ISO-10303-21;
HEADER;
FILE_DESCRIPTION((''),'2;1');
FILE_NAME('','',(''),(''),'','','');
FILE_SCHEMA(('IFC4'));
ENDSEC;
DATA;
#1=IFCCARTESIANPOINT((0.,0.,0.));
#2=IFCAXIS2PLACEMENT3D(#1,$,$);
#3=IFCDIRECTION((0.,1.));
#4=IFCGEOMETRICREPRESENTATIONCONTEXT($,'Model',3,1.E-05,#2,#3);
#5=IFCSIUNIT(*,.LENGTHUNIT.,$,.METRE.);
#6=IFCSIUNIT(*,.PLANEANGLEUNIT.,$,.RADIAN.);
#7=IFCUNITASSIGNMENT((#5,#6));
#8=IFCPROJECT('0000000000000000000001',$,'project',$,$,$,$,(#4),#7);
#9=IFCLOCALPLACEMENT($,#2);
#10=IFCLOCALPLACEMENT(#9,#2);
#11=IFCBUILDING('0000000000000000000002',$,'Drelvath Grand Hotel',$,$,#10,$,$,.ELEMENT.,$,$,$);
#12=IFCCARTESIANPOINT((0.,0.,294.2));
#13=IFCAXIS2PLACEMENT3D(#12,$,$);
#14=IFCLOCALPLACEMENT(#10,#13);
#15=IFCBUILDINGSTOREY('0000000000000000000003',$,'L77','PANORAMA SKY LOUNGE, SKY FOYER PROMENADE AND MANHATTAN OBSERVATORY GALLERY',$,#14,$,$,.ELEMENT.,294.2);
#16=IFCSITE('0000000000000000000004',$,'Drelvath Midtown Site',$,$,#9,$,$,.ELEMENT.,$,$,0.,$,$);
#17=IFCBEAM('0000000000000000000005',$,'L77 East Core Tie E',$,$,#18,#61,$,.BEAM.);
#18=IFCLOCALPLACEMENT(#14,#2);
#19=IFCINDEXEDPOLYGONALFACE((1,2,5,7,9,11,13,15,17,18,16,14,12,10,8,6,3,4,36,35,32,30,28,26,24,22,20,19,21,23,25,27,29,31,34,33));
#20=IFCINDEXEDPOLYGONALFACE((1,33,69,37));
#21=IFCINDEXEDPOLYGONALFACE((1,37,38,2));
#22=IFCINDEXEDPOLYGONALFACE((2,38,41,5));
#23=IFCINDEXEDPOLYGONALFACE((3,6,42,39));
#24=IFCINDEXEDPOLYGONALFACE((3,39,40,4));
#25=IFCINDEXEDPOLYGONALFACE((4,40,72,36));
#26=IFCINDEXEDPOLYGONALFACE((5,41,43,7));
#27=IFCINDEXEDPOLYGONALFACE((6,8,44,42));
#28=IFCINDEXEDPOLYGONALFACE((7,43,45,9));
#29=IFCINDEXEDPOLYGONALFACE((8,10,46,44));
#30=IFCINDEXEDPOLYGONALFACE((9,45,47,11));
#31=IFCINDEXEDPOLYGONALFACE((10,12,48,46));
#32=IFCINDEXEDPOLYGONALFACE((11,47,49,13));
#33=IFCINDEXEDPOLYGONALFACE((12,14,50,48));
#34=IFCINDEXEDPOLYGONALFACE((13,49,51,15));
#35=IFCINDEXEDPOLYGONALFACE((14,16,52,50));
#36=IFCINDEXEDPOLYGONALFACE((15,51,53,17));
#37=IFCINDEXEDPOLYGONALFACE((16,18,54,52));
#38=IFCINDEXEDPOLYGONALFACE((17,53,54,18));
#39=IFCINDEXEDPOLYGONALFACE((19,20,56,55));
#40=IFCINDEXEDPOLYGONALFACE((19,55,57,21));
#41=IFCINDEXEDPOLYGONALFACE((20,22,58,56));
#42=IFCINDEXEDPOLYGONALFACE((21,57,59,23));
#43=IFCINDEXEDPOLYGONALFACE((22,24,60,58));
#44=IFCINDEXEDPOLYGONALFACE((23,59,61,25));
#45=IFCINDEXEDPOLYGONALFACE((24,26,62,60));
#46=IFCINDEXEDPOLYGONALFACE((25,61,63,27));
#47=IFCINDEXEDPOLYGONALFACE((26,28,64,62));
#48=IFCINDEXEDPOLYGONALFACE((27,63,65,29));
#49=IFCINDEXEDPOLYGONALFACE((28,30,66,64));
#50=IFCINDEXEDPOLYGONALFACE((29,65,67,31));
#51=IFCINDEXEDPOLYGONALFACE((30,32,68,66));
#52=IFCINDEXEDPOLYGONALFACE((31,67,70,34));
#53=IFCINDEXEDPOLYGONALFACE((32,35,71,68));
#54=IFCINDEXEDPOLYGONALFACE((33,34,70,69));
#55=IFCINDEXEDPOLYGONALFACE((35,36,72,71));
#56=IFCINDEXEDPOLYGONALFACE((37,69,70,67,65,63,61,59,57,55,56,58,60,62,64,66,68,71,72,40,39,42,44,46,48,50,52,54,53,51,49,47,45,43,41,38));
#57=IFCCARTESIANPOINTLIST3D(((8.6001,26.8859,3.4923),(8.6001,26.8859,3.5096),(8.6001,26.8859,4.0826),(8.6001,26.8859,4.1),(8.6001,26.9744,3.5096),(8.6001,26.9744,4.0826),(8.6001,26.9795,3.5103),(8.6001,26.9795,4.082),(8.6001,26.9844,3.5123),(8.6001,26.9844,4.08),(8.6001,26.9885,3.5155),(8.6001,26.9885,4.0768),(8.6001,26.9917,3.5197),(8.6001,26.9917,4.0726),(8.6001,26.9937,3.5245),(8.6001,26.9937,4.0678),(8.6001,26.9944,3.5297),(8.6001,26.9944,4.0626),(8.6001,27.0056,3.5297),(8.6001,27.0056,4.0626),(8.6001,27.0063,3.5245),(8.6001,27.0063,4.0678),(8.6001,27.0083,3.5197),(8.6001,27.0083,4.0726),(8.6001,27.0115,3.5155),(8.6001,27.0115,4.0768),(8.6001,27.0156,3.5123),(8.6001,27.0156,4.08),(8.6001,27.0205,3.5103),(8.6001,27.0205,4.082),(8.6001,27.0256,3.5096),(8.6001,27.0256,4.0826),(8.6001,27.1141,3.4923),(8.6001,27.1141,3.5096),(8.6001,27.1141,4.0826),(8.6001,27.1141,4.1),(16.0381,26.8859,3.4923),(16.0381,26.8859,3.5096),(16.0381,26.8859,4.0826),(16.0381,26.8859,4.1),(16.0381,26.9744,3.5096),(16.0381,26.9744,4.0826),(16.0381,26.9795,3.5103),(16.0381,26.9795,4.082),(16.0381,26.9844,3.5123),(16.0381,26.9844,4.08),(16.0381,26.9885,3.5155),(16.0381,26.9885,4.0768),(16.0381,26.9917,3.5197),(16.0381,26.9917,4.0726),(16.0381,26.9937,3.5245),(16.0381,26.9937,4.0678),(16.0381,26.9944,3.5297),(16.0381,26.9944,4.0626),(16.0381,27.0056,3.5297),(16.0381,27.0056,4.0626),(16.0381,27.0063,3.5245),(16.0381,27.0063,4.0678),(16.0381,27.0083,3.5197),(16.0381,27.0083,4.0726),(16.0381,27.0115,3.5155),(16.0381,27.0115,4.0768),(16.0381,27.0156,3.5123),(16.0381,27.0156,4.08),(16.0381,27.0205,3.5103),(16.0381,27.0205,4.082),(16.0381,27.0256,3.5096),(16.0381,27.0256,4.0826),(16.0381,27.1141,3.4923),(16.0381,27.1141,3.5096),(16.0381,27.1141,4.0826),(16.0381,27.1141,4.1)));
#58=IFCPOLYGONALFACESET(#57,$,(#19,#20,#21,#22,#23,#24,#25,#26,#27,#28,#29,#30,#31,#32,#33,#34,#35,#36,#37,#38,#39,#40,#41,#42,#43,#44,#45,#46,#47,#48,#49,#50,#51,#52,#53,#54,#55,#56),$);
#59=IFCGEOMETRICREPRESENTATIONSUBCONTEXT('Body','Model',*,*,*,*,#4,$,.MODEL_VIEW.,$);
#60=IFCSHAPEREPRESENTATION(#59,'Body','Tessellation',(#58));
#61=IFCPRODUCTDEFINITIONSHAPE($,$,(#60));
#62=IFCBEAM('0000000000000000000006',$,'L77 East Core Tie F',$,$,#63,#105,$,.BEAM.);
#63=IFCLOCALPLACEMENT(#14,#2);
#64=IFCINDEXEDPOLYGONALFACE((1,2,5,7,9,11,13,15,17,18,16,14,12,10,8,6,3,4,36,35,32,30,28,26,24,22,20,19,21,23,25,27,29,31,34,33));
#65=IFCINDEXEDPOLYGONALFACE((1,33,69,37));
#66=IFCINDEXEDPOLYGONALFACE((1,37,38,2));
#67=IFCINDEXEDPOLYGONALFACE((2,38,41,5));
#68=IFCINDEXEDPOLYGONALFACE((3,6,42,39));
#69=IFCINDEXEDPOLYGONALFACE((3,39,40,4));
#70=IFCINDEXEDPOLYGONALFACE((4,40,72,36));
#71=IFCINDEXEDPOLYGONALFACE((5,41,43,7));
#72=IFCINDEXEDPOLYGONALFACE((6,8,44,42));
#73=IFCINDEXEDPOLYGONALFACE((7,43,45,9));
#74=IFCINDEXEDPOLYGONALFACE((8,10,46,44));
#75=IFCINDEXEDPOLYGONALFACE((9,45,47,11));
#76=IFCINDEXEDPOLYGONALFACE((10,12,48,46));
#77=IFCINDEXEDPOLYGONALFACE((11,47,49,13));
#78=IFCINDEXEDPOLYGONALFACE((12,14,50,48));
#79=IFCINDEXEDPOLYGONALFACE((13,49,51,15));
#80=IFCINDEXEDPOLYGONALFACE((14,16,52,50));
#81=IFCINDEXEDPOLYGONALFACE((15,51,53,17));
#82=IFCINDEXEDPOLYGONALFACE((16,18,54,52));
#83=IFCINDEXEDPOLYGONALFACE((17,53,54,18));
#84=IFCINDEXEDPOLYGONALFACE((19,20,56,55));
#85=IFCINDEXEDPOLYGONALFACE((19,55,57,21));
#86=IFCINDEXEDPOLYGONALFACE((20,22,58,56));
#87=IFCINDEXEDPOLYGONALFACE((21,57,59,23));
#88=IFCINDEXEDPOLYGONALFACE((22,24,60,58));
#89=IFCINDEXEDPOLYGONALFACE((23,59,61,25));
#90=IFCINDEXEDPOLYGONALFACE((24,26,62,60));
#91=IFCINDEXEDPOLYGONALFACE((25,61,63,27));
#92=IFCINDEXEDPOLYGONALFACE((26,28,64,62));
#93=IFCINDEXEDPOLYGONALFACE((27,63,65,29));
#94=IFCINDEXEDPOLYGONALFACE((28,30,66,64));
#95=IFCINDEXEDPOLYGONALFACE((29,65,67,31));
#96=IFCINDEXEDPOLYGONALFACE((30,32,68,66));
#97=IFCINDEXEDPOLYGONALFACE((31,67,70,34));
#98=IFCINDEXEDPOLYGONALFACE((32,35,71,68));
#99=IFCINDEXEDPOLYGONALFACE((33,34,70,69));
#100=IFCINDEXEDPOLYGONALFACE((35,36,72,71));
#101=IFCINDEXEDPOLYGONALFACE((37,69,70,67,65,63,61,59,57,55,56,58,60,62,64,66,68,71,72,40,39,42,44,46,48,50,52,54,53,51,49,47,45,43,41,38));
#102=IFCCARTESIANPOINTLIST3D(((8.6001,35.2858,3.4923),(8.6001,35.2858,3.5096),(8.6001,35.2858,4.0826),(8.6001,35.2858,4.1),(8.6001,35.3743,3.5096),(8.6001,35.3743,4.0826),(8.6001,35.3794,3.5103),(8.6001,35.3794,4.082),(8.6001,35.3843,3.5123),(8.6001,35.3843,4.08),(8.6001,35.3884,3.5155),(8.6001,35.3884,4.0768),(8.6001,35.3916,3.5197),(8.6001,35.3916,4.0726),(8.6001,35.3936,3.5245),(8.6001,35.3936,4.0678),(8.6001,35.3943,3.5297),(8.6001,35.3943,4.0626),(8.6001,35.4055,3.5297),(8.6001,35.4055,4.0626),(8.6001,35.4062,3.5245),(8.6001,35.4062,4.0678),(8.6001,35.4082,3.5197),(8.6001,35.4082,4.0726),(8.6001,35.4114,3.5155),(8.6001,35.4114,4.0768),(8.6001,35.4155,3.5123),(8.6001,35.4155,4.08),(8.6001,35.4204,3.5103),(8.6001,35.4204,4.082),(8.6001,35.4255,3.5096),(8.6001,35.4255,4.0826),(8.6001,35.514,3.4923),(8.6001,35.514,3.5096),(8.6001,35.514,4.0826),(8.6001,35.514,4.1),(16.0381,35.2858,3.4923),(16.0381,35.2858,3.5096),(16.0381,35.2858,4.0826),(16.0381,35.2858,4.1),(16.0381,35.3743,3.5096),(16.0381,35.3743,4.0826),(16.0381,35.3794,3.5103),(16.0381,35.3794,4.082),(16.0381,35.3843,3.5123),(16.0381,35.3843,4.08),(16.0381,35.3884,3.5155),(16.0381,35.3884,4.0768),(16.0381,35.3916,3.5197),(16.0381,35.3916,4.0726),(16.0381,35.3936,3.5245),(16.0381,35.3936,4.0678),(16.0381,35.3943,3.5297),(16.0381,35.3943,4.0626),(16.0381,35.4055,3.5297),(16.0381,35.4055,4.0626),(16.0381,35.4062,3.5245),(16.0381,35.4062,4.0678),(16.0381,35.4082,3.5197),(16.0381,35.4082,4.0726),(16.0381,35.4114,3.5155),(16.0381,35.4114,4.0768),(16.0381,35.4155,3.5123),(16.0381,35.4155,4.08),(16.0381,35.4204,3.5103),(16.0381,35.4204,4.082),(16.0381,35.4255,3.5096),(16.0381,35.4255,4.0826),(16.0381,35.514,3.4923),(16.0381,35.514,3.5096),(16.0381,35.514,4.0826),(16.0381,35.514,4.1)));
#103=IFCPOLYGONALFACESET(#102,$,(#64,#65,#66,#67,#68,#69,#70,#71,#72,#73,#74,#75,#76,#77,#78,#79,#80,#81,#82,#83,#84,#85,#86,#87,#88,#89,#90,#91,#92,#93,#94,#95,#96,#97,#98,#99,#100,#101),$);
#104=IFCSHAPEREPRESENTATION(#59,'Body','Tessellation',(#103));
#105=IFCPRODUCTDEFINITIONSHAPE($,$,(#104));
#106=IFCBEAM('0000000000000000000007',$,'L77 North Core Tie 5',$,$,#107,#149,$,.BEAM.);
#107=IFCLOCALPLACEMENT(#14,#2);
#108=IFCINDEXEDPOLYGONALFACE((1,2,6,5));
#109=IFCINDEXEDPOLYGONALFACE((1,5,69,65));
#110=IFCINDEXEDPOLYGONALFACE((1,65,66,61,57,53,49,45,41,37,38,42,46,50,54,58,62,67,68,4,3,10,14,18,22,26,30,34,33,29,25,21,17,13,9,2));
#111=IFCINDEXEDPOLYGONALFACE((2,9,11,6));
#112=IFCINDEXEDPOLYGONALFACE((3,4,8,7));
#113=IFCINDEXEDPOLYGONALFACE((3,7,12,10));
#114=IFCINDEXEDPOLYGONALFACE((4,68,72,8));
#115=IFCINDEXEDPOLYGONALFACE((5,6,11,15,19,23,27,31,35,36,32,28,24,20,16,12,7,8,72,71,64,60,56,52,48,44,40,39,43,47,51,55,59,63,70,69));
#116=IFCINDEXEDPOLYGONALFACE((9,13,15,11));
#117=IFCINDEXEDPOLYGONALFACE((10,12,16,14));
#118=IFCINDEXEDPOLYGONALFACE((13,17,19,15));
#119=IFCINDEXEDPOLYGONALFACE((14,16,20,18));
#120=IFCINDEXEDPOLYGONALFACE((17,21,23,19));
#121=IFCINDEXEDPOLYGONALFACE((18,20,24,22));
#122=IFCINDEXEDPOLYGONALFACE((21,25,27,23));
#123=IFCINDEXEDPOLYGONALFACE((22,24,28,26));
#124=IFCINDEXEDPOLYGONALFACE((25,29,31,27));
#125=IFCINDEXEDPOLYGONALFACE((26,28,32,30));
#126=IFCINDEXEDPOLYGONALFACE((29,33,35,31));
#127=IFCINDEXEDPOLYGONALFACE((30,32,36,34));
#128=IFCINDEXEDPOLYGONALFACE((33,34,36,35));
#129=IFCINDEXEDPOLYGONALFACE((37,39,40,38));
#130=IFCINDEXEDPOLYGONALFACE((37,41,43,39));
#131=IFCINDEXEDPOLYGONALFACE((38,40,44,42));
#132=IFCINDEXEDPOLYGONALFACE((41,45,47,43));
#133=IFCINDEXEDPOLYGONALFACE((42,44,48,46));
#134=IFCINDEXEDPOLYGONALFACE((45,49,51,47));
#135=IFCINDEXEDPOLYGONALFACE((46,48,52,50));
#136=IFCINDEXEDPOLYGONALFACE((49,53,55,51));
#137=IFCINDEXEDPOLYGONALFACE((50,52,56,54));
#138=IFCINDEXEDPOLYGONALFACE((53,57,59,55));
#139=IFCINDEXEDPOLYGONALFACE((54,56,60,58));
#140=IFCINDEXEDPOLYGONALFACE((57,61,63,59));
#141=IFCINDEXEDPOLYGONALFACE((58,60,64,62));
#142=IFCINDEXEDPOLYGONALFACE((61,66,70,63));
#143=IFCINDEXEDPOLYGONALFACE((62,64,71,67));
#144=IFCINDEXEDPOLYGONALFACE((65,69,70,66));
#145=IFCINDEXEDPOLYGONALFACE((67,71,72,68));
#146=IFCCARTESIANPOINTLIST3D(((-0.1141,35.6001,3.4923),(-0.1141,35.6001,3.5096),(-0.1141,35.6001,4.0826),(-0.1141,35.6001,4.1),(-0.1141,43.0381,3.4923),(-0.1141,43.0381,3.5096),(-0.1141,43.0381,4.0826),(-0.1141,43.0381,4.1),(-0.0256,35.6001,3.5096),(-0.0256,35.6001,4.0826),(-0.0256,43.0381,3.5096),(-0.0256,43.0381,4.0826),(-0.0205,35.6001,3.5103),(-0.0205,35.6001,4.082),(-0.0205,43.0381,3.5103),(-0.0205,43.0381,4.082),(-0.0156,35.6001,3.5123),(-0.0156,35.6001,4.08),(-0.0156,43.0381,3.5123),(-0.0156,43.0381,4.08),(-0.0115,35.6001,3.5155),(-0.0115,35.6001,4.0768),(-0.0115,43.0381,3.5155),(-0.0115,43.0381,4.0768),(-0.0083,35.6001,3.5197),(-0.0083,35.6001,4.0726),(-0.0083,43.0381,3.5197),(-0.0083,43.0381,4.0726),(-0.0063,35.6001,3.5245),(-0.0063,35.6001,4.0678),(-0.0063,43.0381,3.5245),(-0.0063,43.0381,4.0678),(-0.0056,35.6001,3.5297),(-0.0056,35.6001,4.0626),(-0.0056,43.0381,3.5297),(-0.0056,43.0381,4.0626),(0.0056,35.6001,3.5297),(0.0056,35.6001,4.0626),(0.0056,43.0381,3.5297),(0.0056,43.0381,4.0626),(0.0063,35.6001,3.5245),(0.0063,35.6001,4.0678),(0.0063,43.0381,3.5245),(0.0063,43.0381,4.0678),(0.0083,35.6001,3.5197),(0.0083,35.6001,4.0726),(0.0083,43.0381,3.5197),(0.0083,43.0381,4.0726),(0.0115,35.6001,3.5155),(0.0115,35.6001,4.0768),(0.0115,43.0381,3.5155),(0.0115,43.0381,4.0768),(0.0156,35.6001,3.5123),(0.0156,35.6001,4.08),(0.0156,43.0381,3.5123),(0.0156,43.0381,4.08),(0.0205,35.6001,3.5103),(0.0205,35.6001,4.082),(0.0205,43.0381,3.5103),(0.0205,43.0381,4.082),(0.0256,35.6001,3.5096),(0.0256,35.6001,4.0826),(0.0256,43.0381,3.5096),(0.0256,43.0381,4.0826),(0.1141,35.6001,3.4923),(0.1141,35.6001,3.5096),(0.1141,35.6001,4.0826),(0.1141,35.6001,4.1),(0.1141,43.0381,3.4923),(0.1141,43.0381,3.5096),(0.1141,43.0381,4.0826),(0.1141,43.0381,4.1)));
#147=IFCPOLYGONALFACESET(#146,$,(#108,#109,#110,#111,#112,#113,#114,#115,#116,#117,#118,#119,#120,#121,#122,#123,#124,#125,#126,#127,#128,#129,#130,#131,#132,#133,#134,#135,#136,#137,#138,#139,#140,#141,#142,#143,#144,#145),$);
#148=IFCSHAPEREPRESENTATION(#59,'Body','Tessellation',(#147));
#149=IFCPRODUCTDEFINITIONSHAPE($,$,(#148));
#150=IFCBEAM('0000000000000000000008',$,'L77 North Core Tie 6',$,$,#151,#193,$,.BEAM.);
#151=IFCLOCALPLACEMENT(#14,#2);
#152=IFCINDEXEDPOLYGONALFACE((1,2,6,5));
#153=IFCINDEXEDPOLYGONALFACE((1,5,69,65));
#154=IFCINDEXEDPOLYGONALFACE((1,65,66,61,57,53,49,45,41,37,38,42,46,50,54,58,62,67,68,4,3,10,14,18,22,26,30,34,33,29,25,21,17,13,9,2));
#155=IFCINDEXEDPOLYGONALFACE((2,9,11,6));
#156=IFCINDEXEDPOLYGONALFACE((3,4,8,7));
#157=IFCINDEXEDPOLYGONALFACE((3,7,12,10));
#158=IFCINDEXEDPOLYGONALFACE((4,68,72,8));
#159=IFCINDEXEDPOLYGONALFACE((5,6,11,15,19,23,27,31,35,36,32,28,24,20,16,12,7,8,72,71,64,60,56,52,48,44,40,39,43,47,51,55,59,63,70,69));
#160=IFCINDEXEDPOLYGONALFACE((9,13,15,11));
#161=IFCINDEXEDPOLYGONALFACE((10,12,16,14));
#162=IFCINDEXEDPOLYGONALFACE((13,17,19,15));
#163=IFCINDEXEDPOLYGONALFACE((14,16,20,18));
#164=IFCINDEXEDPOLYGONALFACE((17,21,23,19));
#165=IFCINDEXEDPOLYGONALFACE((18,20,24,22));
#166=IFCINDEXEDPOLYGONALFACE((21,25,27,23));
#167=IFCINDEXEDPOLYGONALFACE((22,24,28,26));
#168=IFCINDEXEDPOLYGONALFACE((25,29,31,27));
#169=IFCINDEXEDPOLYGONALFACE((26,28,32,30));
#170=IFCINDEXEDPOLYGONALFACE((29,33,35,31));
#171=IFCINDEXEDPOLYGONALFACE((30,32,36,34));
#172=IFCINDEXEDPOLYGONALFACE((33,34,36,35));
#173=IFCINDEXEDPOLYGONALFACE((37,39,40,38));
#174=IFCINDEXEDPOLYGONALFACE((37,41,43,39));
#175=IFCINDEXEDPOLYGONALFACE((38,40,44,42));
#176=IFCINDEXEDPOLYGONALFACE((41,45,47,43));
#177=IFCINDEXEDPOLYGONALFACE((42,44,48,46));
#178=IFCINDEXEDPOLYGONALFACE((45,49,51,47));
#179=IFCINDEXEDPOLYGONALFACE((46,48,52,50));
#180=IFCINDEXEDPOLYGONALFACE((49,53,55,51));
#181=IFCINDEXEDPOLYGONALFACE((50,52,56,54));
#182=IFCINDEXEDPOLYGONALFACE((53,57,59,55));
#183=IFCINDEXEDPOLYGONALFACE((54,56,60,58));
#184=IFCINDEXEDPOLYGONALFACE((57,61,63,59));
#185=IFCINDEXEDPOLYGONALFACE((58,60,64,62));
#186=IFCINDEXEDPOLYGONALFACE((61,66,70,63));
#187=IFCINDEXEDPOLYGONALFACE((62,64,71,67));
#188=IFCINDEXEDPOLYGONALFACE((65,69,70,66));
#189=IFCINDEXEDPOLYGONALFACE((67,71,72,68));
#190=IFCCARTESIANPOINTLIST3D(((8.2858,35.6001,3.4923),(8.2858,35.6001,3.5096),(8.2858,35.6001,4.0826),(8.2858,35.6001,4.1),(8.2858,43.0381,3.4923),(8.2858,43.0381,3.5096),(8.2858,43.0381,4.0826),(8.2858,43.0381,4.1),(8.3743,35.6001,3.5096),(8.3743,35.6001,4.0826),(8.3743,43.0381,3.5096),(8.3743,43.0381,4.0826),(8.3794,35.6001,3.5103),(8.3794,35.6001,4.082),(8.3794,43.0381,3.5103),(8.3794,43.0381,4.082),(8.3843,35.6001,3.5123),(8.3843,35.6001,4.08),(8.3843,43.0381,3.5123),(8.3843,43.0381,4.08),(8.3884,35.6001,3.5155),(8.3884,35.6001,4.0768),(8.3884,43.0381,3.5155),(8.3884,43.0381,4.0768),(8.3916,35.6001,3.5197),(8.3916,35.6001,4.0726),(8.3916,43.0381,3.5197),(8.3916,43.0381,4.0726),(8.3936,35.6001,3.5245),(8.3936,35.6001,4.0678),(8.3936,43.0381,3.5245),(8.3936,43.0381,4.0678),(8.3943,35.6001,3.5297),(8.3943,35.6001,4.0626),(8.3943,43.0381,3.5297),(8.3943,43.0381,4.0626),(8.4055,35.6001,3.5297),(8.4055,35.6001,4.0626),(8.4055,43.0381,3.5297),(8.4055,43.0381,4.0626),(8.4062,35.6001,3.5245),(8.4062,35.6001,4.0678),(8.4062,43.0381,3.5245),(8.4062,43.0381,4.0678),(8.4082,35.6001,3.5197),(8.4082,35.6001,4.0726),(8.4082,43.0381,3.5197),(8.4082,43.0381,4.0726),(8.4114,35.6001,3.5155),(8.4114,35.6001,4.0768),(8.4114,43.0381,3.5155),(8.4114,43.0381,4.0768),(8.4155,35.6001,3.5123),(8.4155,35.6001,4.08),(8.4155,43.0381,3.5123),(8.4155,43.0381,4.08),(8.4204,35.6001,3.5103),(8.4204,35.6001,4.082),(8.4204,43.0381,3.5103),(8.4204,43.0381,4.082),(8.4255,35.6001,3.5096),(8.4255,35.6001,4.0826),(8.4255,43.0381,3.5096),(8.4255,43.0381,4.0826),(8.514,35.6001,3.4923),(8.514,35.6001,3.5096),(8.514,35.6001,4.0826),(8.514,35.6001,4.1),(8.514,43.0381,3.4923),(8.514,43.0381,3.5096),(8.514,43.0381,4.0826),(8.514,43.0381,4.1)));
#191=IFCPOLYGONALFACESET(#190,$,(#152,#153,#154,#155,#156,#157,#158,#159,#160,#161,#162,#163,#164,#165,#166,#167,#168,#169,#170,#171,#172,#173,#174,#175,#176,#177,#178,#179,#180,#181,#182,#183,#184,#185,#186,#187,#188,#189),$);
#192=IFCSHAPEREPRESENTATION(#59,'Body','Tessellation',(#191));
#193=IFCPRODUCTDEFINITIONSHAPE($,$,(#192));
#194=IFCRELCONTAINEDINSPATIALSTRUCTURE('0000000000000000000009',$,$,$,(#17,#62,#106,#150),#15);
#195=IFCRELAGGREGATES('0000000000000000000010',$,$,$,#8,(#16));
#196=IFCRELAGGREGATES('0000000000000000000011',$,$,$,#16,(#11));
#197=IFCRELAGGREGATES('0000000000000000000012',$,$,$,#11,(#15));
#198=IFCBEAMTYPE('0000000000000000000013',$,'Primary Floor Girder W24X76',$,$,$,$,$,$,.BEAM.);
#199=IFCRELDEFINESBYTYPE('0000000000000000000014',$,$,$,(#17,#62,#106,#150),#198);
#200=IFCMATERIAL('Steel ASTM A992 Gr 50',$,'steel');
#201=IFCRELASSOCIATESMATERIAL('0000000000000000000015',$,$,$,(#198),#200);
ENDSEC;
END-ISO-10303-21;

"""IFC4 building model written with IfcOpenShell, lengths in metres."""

from ifc_helpers import new_model, si_unit, direction, frame, origin, origin_2d, place, context, subcontext, project, spatial, i_section, extrude, material, material_profile, profile_set, type_object, element, save


model = new_model("IFC4")

# Units and contexts
model_context = context("Model", 3, precision=1e-05, world=origin(), true_north=direction((0.0, 1.0)))
body_context = subcontext(model_context, "Body", "Model", "MODEL_VIEW")
ifc_project = project(units=[si_unit("LENGTHUNIT", "METRE"), si_unit("PLANEANGLEUNIT", "RADIAN")], contexts=[model_context])

# Site, building, storey
site_placement = place(None, origin())
site = spatial("IfcSite", under=ifc_project, at=site_placement, Name="Drelvath Midtown Site", CompositionType="ELEMENT", RefElevation=0.0)
building_placement = place(site_placement, origin())
building = spatial("IfcBuilding", under=site, at=building_placement, Name="Drelvath Grand Hotel", CompositionType="ELEMENT")
storey_placement = place(building_placement, frame((0.0, 0.0, 294.2)))
storey = spatial("IfcBuildingStorey", under=building, at=storey_placement, Name="L77", Description="PANORAMA SKY LOUNGE, SKY FOYER PROMENADE AND MANHATTAN OBSERVATORY GALLERY", CompositionType="ELEMENT", Elevation=294.2)

# Beams
ifc_material_1 = material(Name="Steel ASTM A992 Gr 50", Category="steel")
ifc_material_profile_1 = material_profile(ifc_material_1, i_section(OverallWidth=0.2283, OverallDepth=0.6077, WebThickness=0.0112, FlangeThickness=0.0173, FilletRadius=0.02, at=origin_2d()), Name="W24X76")
ifc_profile_set_1 = profile_set([ifc_material_profile_1], Name="Steel ASTM A992 Gr 50")
beam_type_1 = type_object("IfcBeamType", Name="Primary Floor Girder W24X76", PredefinedType="BEAM", material=ifc_profile_set_1)
for number, where, z_axis, x_axis, name in (
    (1, (8.6001, 27.0, 3.7961), (1.0, 0.0, 0.0), (0.0, 1.0, 0.0), "L77 East Core Tie E"),
    (2, (8.6001, 35.3999, 3.7961), (1.0, 0.0, 0.0), (0.0, 1.0, 0.0), "L77 East Core Tie F"),
    (3, (0.0, 35.6001, 3.7961), (0.0, 1.0, 0.0), (-1.0, 0.0, 0.0), "L77 North Core Tie 5"),
    (4, (8.3999, 35.6001, 3.7961), (0.0, 1.0, 0.0), (-1.0, 0.0, 0.0), "L77 North Core Tie 6"),
):
    element("IfcBeam", number, at=place(storey_placement, frame(where, z_axis=z_axis, x_axis=x_axis)), inside=storey, type_object=beam_type_1, Name=name, PredefinedType="BEAM", context=body_context, shape_type="SweptSolid", body=[
        extrude(i_section(OverallWidth=0.2283, OverallDepth=0.6077, WebThickness=0.0112, FlangeThickness=0.0173, FilletRadius=0.02, at=origin_2d()), origin(), (0.0, 0.0, 1.0), 7.438),
    ])

save(model, "model.ifc")
